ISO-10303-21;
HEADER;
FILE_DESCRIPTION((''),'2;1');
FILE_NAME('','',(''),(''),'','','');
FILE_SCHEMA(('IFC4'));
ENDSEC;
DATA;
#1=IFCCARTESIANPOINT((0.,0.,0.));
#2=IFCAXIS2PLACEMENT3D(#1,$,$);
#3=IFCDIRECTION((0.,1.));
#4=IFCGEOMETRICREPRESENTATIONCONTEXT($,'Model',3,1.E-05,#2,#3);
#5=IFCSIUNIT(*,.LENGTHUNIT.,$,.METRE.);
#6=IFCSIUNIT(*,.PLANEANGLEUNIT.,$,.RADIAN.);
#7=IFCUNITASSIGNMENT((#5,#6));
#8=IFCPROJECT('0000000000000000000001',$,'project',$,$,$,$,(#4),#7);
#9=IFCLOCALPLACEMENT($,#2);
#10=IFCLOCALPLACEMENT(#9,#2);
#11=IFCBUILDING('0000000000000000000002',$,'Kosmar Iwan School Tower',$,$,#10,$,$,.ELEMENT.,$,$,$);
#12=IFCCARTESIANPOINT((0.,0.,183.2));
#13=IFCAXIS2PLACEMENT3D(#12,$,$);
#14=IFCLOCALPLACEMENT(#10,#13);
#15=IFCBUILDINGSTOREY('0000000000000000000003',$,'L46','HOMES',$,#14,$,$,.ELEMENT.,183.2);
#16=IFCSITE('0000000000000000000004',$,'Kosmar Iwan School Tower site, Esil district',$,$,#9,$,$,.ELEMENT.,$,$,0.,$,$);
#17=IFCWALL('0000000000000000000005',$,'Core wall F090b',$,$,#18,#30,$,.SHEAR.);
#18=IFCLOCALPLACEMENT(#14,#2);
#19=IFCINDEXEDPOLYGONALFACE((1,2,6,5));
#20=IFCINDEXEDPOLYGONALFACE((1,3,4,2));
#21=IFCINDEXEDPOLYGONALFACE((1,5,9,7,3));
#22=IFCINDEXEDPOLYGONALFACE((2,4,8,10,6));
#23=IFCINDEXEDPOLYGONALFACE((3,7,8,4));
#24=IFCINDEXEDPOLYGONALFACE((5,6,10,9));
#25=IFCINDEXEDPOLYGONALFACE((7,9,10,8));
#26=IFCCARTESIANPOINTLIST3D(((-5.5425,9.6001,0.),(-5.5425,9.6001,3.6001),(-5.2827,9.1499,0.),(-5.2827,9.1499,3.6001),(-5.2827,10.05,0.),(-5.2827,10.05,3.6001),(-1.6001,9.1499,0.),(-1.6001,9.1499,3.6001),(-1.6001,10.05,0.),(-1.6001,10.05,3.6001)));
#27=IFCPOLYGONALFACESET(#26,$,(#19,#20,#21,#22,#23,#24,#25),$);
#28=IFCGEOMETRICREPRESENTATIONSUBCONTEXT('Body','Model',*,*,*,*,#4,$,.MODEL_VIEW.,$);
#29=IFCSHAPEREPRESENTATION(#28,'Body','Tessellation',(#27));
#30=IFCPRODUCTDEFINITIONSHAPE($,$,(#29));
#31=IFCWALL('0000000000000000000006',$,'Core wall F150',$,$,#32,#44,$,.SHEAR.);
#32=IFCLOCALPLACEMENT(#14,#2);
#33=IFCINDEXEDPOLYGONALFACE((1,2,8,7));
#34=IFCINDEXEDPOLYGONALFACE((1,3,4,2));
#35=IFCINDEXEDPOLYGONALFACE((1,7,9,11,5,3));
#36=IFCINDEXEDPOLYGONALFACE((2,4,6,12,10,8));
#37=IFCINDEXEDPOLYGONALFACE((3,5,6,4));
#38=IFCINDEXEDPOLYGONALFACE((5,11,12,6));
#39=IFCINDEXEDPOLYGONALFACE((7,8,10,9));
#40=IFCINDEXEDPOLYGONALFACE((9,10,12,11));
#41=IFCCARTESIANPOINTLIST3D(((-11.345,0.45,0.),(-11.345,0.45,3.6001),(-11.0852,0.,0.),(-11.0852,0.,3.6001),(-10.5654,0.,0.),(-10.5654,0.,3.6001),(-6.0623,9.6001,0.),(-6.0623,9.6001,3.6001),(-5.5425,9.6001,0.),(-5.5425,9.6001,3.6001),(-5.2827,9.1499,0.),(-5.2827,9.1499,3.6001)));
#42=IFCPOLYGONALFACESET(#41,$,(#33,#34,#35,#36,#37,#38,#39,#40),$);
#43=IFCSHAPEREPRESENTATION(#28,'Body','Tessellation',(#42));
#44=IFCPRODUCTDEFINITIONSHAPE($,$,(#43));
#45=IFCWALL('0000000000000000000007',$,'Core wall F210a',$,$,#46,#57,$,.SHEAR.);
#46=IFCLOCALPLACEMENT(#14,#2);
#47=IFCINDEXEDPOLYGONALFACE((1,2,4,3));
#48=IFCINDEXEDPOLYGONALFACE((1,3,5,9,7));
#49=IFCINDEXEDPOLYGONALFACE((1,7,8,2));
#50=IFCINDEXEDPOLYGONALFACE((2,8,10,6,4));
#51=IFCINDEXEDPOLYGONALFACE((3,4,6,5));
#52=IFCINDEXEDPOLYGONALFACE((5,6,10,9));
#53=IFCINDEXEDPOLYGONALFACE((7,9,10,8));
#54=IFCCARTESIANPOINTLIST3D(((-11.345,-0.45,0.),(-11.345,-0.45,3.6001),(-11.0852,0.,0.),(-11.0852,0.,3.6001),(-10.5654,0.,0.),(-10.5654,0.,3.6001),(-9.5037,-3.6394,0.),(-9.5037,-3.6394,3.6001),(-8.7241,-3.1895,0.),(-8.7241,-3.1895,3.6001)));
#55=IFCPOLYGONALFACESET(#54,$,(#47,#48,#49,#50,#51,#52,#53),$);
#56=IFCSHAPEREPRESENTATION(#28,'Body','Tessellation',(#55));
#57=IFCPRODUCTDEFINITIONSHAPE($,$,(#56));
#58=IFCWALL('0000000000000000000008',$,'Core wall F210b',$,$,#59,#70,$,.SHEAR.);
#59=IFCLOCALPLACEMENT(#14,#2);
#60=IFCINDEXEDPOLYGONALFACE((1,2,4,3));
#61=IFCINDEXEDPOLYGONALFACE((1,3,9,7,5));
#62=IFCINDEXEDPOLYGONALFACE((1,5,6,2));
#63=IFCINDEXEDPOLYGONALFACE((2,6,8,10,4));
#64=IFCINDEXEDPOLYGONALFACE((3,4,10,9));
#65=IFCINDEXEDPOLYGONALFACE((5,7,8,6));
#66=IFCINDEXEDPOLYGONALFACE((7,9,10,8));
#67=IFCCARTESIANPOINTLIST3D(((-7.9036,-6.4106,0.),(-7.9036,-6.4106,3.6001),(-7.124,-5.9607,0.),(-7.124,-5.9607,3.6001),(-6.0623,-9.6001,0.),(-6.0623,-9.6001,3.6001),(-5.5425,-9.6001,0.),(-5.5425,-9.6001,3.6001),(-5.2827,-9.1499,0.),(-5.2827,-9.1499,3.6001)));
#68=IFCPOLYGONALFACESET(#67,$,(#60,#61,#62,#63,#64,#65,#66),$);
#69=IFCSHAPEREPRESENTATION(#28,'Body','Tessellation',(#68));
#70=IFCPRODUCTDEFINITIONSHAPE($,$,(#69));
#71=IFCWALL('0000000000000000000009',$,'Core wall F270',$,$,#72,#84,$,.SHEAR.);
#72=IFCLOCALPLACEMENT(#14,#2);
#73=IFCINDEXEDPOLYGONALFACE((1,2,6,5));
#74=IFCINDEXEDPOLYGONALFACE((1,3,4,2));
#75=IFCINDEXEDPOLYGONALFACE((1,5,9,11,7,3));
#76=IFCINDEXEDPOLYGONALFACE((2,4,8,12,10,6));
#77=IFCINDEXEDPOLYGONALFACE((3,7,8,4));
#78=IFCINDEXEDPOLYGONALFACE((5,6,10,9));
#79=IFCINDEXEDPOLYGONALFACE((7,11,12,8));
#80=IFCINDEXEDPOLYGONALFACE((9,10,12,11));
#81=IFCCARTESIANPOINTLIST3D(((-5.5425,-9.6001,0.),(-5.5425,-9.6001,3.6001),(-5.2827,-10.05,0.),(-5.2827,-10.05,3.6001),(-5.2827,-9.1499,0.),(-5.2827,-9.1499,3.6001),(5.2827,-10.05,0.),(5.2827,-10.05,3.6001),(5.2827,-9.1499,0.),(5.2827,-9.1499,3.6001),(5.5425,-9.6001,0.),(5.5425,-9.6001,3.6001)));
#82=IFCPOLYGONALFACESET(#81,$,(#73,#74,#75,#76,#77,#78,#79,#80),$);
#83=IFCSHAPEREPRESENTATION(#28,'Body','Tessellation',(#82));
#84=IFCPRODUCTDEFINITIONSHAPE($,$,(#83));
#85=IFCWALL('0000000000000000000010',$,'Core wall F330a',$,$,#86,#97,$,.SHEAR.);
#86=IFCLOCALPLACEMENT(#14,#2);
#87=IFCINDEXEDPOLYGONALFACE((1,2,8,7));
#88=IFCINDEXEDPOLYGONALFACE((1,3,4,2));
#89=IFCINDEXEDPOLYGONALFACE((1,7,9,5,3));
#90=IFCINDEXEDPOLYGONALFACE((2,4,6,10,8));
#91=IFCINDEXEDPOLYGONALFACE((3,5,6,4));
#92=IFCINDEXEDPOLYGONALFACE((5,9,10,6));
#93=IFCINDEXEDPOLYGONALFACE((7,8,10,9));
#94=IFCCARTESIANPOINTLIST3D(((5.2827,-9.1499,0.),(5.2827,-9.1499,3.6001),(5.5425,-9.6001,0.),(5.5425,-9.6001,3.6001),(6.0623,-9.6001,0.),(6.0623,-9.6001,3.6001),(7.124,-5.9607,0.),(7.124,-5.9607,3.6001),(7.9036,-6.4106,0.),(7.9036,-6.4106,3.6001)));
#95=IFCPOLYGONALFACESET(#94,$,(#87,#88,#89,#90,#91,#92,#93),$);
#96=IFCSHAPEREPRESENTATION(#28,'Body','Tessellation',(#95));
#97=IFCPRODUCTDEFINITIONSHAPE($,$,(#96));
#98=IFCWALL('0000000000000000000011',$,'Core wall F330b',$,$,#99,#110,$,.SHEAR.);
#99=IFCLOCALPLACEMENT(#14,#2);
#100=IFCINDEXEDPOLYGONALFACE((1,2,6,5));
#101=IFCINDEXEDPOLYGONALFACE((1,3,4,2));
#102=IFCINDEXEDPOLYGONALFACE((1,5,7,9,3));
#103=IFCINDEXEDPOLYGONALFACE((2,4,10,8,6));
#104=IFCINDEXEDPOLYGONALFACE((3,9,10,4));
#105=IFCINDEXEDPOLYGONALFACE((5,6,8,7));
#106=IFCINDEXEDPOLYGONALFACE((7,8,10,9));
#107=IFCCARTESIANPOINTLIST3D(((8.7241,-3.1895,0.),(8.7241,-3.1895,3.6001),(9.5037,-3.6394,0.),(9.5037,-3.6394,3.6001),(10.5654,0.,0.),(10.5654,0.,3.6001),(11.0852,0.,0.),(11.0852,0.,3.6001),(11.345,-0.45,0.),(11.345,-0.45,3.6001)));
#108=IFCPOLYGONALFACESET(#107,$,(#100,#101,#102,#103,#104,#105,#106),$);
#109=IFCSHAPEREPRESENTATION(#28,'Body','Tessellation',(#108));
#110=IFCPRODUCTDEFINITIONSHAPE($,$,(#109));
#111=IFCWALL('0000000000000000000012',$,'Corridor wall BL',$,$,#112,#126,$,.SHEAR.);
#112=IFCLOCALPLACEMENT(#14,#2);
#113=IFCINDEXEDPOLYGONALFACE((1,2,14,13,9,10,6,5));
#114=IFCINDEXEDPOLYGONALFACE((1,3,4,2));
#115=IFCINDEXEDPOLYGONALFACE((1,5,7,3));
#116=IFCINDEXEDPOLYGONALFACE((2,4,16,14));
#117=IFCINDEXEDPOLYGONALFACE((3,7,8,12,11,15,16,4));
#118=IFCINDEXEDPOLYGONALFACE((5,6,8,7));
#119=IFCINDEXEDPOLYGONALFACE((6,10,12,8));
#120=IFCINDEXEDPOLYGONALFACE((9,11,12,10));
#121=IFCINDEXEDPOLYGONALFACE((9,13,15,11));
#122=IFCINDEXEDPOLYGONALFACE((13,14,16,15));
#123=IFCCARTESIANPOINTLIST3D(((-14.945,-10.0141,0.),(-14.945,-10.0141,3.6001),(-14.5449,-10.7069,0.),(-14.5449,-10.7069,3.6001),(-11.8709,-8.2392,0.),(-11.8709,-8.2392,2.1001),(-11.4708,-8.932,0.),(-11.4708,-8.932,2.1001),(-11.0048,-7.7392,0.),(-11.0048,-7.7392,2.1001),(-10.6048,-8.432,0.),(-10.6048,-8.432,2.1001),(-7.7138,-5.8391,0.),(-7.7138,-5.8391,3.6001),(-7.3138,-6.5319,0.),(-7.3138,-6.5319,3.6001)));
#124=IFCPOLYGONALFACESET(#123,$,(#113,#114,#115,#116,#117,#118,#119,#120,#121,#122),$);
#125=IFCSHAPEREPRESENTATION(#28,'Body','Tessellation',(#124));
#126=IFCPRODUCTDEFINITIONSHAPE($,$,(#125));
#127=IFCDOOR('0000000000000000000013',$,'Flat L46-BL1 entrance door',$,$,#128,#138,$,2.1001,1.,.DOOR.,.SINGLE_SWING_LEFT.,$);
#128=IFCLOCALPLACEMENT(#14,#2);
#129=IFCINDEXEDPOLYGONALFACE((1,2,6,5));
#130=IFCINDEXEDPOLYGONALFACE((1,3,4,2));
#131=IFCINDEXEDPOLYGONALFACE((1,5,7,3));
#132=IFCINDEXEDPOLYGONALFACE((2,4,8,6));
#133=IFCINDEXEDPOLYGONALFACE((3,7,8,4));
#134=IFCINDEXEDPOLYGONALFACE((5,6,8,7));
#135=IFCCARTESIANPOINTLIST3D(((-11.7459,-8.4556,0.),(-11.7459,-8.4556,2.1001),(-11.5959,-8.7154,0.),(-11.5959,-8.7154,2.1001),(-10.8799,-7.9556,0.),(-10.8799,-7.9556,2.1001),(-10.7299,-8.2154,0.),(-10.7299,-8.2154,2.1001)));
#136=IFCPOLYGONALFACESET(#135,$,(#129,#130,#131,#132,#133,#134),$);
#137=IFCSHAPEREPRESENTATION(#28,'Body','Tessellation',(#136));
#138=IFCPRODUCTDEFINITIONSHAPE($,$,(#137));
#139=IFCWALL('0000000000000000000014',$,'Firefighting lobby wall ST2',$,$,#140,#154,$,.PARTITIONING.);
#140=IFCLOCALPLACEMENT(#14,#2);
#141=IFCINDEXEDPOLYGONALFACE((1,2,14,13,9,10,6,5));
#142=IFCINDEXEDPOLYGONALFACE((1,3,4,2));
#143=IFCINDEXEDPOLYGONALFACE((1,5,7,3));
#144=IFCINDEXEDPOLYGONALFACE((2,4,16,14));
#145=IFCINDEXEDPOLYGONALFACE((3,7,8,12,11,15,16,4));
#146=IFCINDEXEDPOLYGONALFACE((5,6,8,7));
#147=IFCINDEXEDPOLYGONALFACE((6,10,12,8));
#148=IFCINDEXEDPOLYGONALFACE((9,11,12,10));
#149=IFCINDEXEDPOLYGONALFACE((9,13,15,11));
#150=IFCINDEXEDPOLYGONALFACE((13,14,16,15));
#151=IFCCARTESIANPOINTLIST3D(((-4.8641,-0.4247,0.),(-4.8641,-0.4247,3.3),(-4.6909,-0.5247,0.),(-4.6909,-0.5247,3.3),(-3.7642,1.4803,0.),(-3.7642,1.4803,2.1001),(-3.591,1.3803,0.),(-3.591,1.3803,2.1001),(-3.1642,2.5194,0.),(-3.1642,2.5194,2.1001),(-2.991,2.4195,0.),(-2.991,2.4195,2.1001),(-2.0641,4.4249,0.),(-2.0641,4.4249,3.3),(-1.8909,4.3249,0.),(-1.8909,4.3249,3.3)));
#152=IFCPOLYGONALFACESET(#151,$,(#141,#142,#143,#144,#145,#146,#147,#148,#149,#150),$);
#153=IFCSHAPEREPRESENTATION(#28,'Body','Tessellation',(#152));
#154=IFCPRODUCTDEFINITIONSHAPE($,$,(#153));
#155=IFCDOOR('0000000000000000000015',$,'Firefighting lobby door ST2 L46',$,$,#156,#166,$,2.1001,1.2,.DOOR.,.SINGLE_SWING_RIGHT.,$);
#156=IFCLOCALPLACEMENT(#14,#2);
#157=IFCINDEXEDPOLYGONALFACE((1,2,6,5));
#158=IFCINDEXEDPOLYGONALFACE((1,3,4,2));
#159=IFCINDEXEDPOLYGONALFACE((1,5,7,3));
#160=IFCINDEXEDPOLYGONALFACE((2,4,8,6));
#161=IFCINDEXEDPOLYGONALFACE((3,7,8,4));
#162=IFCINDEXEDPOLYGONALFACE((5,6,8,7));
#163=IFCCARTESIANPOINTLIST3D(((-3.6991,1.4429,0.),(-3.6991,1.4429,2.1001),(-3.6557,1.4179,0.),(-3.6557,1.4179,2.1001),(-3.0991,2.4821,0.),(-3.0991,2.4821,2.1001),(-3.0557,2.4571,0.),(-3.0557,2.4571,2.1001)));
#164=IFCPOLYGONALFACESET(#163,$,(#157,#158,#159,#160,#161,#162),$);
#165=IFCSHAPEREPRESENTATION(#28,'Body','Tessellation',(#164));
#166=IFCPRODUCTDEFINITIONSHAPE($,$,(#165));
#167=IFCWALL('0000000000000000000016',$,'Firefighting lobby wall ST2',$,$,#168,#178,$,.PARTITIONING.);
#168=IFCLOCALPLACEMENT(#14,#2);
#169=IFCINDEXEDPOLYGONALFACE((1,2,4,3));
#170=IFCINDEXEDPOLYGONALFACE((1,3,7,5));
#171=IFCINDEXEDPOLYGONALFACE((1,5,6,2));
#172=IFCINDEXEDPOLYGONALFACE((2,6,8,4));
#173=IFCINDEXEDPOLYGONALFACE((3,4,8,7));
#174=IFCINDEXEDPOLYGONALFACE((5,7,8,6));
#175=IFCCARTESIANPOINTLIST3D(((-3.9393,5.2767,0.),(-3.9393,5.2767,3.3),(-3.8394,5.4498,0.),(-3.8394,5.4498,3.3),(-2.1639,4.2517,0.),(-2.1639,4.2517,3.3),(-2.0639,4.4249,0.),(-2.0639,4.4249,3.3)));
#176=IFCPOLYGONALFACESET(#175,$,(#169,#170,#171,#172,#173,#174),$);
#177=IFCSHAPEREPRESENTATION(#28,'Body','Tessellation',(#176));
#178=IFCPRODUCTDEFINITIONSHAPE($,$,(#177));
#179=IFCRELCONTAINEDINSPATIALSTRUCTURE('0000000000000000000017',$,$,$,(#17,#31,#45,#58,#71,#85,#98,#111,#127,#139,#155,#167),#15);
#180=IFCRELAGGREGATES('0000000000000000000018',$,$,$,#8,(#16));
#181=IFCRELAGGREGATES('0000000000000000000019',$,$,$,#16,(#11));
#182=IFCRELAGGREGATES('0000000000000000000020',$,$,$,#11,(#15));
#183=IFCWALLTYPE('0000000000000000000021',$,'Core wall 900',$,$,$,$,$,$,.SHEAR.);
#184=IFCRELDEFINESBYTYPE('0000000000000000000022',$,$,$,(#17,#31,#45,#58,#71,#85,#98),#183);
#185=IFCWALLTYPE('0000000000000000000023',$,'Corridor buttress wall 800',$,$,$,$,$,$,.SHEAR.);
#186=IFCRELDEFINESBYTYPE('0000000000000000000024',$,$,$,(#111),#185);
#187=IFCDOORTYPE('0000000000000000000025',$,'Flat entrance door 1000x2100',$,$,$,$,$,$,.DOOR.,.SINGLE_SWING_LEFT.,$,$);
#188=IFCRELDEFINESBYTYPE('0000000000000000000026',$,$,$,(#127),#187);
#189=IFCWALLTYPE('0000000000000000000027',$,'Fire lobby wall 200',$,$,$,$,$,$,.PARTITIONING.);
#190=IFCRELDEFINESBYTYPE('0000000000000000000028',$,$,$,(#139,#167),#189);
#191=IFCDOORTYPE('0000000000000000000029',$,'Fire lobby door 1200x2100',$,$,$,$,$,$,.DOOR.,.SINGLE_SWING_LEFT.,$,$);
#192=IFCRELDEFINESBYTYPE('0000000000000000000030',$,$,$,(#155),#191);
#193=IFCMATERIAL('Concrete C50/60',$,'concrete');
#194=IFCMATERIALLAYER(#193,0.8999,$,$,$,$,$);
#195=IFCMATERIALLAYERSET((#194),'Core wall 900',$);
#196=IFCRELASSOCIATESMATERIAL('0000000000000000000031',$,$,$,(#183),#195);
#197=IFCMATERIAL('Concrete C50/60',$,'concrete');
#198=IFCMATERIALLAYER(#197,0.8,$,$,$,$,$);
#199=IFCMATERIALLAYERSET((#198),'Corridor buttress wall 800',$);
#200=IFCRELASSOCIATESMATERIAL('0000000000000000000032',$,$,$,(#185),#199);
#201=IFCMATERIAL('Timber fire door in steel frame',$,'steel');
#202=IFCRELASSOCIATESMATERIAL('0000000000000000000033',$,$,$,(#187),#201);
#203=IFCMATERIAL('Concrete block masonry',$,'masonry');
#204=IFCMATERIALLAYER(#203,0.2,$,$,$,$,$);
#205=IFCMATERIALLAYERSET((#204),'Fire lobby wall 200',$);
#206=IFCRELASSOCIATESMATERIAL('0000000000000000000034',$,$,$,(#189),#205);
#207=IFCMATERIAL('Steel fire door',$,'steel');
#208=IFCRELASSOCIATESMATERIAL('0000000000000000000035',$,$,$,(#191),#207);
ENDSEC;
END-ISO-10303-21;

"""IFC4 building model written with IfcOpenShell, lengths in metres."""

from ifc_helpers import new_model, si_unit, direction, frame, frame_2d, origin, place, context, subcontext, project, spatial, polyline, rectangle, outline, extrude, material, layer, layer_set, type_object, element, fill, save


model = new_model("IFC4")

# Units and contexts
model_context = context("Model", 3, precision=1e-05, world=origin(), true_north=direction((0.0, 1.0)))
body_context = subcontext(model_context, "Body", "Model", "MODEL_VIEW")
ifc_project = project(units=[si_unit("LENGTHUNIT", "METRE"), si_unit("PLANEANGLEUNIT", "RADIAN")], contexts=[model_context])

# Site, building, storey
site_placement = place(None, origin())
site = spatial("IfcSite", under=ifc_project, at=site_placement, Name="Kosmar Iwan School Tower site, Esil district", CompositionType="ELEMENT", RefElevation=0.0)
building_placement = place(site_placement, origin())
building = spatial("IfcBuilding", under=site, at=building_placement, Name="Kosmar Iwan School Tower", CompositionType="ELEMENT")
storey_placement = place(building_placement, frame((0.0, 0.0, 183.2)))
storey = spatial("IfcBuildingStorey", under=building, at=storey_placement, Name="L46", Description="HOMES", CompositionType="ELEMENT", Elevation=183.2)

# Walls
ifc_material_1 = material(Name="Concrete C50/60", Category="concrete")
ifc_layer_1 = layer(ifc_material_1, 0.8999)
ifc_layer_set_1 = layer_set([ifc_layer_1], Name="Core wall 900")
wall_type_1 = type_object("IfcWallType", Name="Core wall 900", PredefinedType="SHEAR", material=ifc_layer_set_1)
wall_1_placement = place(storey_placement, origin())
element("IfcWall", 1, at=wall_1_placement, inside=storey, type_object=wall_type_1, Name="Core wall F090b", PredefinedType="SHEAR", context=body_context, shape_type="SweptSolid", body=[
    extrude(outline(polyline([(-5.2827, 9.1499), (-1.6001, 9.1499), (-1.6001, 10.05), (-5.2827, 10.05), (-5.5425, 9.6001), (-5.2827, 9.1499)])), origin(), (0.0, 0.0, 1.0), 3.6001),
])
wall_2_placement = place(storey_placement, origin())
element("IfcWall", 2, at=wall_2_placement, inside=storey, type_object=wall_type_1, Name="Core wall F150", PredefinedType="SHEAR", context=body_context, shape_type="SweptSolid", body=[
    extrude(outline(polyline([(-11.0852, 0.0), (-10.5654, 0.0), (-5.2827, 9.1499), (-5.5425, 9.6001), (-6.0623, 9.6001), (-11.345, 0.45), (-11.0852, 0.0)])), origin(), (0.0, 0.0, 1.0), 3.6001),
])
wall_3_placement = place(storey_placement, origin())
element("IfcWall", 3, at=wall_3_placement, inside=storey, type_object=wall_type_1, Name="Core wall F210a", PredefinedType="SHEAR", context=body_context, shape_type="SweptSolid", body=[
    extrude(outline(polyline([(-9.5037, -3.6394), (-8.7241, -3.1895), (-10.5654, 0.0), (-11.0852, 0.0), (-11.345, -0.45), (-9.5037, -3.6394)])), origin(), (0.0, 0.0, 1.0), 3.6001),
])
wall_4_placement = place(storey_placement, origin())
element("IfcWall", 4, at=wall_4_placement, inside=storey, type_object=wall_type_1, Name="Core wall F210b", PredefinedType="SHEAR", context=body_context, shape_type="SweptSolid", body=[
    extrude(outline(polyline([(-6.0623, -9.6001), (-5.5425, -9.6001), (-5.2827, -9.1499), (-7.124, -5.9607), (-7.9036, -6.4106), (-6.0623, -9.6001)])), origin(), (0.0, 0.0, 1.0), 3.6001),
])
wall_5_placement = place(storey_placement, origin())
element("IfcWall", 5, at=wall_5_placement, inside=storey, type_object=wall_type_1, Name="Core wall F270", PredefinedType="SHEAR", context=body_context, shape_type="SweptSolid", body=[
    extrude(outline(polyline([(-5.2827, -10.05), (5.2827, -10.05), (5.5425, -9.6001), (5.2827, -9.1499), (-5.2827, -9.1499), (-5.5425, -9.6001), (-5.2827, -10.05)])), origin(), (0.0, 0.0, 1.0), 3.6001),
])
wall_6_placement = place(storey_placement, origin())
element("IfcWall", 6, at=wall_6_placement, inside=storey, type_object=wall_type_1, Name="Core wall F330a", PredefinedType="SHEAR", context=body_context, shape_type="SweptSolid", body=[
    extrude(outline(polyline([(5.5425, -9.6001), (6.0623, -9.6001), (7.9036, -6.4106), (7.124, -5.9607), (5.2827, -9.1499), (5.5425, -9.6001)])), origin(), (0.0, 0.0, 1.0), 3.6001),
])
wall_7_placement = place(storey_placement, origin())
element("IfcWall", 7, at=wall_7_placement, inside=storey, type_object=wall_type_1, Name="Core wall F330b", PredefinedType="SHEAR", context=body_context, shape_type="SweptSolid", body=[
    extrude(outline(polyline([(9.5037, -3.6394), (11.345, -0.45), (11.0852, 0.0), (10.5654, 0.0), (8.7241, -3.1895), (9.5037, -3.6394)])), origin(), (0.0, 0.0, 1.0), 3.6001),
])

# Walls, openings, doors
ifc_material_2 = material(Name="Concrete C50/60", Category="concrete")
ifc_layer_2 = layer(ifc_material_2, 0.8)
ifc_layer_set_2 = layer_set([ifc_layer_2], Name="Corridor buttress wall 800")
wall_type_2 = type_object("IfcWallType", Name="Corridor buttress wall 800", PredefinedType="SHEAR", material=ifc_layer_set_2)
wall_8_placement = place(storey_placement, frame((-7.5139, -6.1855, 0.0), z_axis=(0.0, 0.0, 1.0), x_axis=(-0.86602, -0.50001, 0.0)))
wall_8 = element("IfcWall", 8, at=wall_8_placement, inside=storey, type_object=wall_type_2, Name="Corridor wall BL", PredefinedType="SHEAR", context=body_context, shape_type="SweptSolid", body=[
    extrude(rectangle(XDim=8.3499, YDim=0.8, at=frame_2d((4.1748, 0.0))), origin(), (0.0, 0.0, 1.0), 3.6001),
])
opening_1_placement = place(wall_8_placement, frame((3.8, 0.0, 0.0)))
opening_1 = element("IfcOpeningElement", 9, at=opening_1_placement, cuts=wall_8, PredefinedType="OPENING", context=body_context, shape_type="SweptSolid", body=[
    extrude(rectangle(XDim=1.0, YDim=2.1001, at=frame_2d((0.5, 1.05))), frame((0.0, 0.4121, 0.0), z_axis=(0.0, -1.0, 0.0), x_axis=(1.0, 0.0, 0.0)), (0.0, 0.0, 1.0), 0.824),
])
ifc_material_3 = material(Name="Timber fire door in steel frame", Category="steel")
door_type_1 = type_object("IfcDoorType", Name="Flat entrance door 1000x2100", OperationType="SINGLE_SWING_LEFT", PredefinedType="DOOR", material=ifc_material_3)
door_1_placement = place(opening_1_placement, origin())
door_1 = element("IfcDoor", 10, at=door_1_placement, inside=storey, type_object=door_type_1, Name="Flat L46-BL1 entrance door", OperationType="SINGLE_SWING_LEFT", OverallHeight=2.1001, OverallWidth=1.0, PredefinedType="DOOR", context=body_context, shape_type="SweptSolid", body=[
    extrude(rectangle(XDim=1.0, YDim=2.1001, at=frame_2d((0.5, 1.05))), frame((0.0, 0.1499, 0.0), z_axis=(0.0, -1.0, 0.0), x_axis=(1.0, 0.0, 0.0)), (0.0, 0.0, 1.0), 0.3),
])
fill(opening_1, door_1)
ifc_material_4 = material(Name="Concrete block masonry", Category="masonry")
ifc_layer_3 = layer(ifc_material_4, 0.2)
ifc_layer_set_3 = layer_set([ifc_layer_3], Name="Fire lobby wall 200")
wall_type_3 = type_object("IfcWallType", Name="Fire lobby wall 200", PredefinedType="PARTITIONING", material=ifc_layer_set_3)
wall_9_placement = place(storey_placement, frame((-1.9775, 4.3748, 0.0), z_axis=(0.0, 0.0, 1.0), x_axis=(-0.500017, -0.866016, 0.0)))
wall_9 = element("IfcWall", 11, at=wall_9_placement, inside=storey, type_object=wall_type_3, Name="Firefighting lobby wall ST2", PredefinedType="PARTITIONING", context=body_context, shape_type="SweptSolid", body=[
    extrude(rectangle(XDim=5.5999, YDim=0.2, at=frame_2d((2.7998, 0.0))), origin(), (0.0, 0.0, 1.0), 3.3),
])
opening_2_placement = place(wall_9_placement, frame((2.2, 0.0, 0.0)))
opening_2 = element("IfcOpeningElement", 12, at=opening_2_placement, cuts=wall_9, PredefinedType="OPENING", context=body_context, shape_type="SweptSolid", body=[
    extrude(rectangle(XDim=1.2, YDim=2.1001, at=frame_2d((0.6001, 1.05))), frame((0.0, 0.1121, 0.0), z_axis=(0.0, -1.0, 0.0), x_axis=(1.0, 0.0, 0.0)), (0.0, 0.0, 1.0), 0.2239),
])
ifc_material_5 = material(Name="Steel fire door", Category="steel")
door_type_2 = type_object("IfcDoorType", Name="Fire lobby door 1200x2100", OperationType="SINGLE_SWING_LEFT", PredefinedType="DOOR", material=ifc_material_5)
door_2_placement = place(opening_2_placement, frame((1.2, 0.0, 0.0), z_axis=(0.0, 0.0, 1.0), x_axis=(-1.0, 0.0, 0.0)))
door_2 = element("IfcDoor", 13, at=door_2_placement, inside=storey, type_object=door_type_2, Name="Firefighting lobby door ST2 L46", OperationType="SINGLE_SWING_RIGHT", OverallHeight=2.1001, OverallWidth=1.2, PredefinedType="DOOR", context=body_context, shape_type="SweptSolid", body=[
    extrude(rectangle(XDim=1.2, YDim=2.1001, at=frame_2d((0.6001, 1.05))), frame((0.0, 0.0249, 0.0), z_axis=(0.0, -1.0, 0.0), x_axis=(1.0, 0.0, 0.0)), (0.0, 0.0, 1.0), 0.05),
])
fill(opening_2, door_2)

# Wall
wall_10_placement = place(storey_placement, frame((-2.114, 4.3384, 0.0), z_axis=(0.0, 0.0, 1.0), x_axis=(-0.866051, 0.499956, 0.0)))
element("IfcWall", 14, at=wall_10_placement, inside=storey, type_object=wall_type_3, Name="Firefighting lobby wall ST2", PredefinedType="PARTITIONING", context=body_context, shape_type="SweptSolid", body=[
    extrude(rectangle(XDim=2.05, YDim=0.2, at=frame_2d((1.0249, 0.0))), origin(), (0.0, 0.0, 1.0), 3.3),
])

save(model, "model.ifc")
